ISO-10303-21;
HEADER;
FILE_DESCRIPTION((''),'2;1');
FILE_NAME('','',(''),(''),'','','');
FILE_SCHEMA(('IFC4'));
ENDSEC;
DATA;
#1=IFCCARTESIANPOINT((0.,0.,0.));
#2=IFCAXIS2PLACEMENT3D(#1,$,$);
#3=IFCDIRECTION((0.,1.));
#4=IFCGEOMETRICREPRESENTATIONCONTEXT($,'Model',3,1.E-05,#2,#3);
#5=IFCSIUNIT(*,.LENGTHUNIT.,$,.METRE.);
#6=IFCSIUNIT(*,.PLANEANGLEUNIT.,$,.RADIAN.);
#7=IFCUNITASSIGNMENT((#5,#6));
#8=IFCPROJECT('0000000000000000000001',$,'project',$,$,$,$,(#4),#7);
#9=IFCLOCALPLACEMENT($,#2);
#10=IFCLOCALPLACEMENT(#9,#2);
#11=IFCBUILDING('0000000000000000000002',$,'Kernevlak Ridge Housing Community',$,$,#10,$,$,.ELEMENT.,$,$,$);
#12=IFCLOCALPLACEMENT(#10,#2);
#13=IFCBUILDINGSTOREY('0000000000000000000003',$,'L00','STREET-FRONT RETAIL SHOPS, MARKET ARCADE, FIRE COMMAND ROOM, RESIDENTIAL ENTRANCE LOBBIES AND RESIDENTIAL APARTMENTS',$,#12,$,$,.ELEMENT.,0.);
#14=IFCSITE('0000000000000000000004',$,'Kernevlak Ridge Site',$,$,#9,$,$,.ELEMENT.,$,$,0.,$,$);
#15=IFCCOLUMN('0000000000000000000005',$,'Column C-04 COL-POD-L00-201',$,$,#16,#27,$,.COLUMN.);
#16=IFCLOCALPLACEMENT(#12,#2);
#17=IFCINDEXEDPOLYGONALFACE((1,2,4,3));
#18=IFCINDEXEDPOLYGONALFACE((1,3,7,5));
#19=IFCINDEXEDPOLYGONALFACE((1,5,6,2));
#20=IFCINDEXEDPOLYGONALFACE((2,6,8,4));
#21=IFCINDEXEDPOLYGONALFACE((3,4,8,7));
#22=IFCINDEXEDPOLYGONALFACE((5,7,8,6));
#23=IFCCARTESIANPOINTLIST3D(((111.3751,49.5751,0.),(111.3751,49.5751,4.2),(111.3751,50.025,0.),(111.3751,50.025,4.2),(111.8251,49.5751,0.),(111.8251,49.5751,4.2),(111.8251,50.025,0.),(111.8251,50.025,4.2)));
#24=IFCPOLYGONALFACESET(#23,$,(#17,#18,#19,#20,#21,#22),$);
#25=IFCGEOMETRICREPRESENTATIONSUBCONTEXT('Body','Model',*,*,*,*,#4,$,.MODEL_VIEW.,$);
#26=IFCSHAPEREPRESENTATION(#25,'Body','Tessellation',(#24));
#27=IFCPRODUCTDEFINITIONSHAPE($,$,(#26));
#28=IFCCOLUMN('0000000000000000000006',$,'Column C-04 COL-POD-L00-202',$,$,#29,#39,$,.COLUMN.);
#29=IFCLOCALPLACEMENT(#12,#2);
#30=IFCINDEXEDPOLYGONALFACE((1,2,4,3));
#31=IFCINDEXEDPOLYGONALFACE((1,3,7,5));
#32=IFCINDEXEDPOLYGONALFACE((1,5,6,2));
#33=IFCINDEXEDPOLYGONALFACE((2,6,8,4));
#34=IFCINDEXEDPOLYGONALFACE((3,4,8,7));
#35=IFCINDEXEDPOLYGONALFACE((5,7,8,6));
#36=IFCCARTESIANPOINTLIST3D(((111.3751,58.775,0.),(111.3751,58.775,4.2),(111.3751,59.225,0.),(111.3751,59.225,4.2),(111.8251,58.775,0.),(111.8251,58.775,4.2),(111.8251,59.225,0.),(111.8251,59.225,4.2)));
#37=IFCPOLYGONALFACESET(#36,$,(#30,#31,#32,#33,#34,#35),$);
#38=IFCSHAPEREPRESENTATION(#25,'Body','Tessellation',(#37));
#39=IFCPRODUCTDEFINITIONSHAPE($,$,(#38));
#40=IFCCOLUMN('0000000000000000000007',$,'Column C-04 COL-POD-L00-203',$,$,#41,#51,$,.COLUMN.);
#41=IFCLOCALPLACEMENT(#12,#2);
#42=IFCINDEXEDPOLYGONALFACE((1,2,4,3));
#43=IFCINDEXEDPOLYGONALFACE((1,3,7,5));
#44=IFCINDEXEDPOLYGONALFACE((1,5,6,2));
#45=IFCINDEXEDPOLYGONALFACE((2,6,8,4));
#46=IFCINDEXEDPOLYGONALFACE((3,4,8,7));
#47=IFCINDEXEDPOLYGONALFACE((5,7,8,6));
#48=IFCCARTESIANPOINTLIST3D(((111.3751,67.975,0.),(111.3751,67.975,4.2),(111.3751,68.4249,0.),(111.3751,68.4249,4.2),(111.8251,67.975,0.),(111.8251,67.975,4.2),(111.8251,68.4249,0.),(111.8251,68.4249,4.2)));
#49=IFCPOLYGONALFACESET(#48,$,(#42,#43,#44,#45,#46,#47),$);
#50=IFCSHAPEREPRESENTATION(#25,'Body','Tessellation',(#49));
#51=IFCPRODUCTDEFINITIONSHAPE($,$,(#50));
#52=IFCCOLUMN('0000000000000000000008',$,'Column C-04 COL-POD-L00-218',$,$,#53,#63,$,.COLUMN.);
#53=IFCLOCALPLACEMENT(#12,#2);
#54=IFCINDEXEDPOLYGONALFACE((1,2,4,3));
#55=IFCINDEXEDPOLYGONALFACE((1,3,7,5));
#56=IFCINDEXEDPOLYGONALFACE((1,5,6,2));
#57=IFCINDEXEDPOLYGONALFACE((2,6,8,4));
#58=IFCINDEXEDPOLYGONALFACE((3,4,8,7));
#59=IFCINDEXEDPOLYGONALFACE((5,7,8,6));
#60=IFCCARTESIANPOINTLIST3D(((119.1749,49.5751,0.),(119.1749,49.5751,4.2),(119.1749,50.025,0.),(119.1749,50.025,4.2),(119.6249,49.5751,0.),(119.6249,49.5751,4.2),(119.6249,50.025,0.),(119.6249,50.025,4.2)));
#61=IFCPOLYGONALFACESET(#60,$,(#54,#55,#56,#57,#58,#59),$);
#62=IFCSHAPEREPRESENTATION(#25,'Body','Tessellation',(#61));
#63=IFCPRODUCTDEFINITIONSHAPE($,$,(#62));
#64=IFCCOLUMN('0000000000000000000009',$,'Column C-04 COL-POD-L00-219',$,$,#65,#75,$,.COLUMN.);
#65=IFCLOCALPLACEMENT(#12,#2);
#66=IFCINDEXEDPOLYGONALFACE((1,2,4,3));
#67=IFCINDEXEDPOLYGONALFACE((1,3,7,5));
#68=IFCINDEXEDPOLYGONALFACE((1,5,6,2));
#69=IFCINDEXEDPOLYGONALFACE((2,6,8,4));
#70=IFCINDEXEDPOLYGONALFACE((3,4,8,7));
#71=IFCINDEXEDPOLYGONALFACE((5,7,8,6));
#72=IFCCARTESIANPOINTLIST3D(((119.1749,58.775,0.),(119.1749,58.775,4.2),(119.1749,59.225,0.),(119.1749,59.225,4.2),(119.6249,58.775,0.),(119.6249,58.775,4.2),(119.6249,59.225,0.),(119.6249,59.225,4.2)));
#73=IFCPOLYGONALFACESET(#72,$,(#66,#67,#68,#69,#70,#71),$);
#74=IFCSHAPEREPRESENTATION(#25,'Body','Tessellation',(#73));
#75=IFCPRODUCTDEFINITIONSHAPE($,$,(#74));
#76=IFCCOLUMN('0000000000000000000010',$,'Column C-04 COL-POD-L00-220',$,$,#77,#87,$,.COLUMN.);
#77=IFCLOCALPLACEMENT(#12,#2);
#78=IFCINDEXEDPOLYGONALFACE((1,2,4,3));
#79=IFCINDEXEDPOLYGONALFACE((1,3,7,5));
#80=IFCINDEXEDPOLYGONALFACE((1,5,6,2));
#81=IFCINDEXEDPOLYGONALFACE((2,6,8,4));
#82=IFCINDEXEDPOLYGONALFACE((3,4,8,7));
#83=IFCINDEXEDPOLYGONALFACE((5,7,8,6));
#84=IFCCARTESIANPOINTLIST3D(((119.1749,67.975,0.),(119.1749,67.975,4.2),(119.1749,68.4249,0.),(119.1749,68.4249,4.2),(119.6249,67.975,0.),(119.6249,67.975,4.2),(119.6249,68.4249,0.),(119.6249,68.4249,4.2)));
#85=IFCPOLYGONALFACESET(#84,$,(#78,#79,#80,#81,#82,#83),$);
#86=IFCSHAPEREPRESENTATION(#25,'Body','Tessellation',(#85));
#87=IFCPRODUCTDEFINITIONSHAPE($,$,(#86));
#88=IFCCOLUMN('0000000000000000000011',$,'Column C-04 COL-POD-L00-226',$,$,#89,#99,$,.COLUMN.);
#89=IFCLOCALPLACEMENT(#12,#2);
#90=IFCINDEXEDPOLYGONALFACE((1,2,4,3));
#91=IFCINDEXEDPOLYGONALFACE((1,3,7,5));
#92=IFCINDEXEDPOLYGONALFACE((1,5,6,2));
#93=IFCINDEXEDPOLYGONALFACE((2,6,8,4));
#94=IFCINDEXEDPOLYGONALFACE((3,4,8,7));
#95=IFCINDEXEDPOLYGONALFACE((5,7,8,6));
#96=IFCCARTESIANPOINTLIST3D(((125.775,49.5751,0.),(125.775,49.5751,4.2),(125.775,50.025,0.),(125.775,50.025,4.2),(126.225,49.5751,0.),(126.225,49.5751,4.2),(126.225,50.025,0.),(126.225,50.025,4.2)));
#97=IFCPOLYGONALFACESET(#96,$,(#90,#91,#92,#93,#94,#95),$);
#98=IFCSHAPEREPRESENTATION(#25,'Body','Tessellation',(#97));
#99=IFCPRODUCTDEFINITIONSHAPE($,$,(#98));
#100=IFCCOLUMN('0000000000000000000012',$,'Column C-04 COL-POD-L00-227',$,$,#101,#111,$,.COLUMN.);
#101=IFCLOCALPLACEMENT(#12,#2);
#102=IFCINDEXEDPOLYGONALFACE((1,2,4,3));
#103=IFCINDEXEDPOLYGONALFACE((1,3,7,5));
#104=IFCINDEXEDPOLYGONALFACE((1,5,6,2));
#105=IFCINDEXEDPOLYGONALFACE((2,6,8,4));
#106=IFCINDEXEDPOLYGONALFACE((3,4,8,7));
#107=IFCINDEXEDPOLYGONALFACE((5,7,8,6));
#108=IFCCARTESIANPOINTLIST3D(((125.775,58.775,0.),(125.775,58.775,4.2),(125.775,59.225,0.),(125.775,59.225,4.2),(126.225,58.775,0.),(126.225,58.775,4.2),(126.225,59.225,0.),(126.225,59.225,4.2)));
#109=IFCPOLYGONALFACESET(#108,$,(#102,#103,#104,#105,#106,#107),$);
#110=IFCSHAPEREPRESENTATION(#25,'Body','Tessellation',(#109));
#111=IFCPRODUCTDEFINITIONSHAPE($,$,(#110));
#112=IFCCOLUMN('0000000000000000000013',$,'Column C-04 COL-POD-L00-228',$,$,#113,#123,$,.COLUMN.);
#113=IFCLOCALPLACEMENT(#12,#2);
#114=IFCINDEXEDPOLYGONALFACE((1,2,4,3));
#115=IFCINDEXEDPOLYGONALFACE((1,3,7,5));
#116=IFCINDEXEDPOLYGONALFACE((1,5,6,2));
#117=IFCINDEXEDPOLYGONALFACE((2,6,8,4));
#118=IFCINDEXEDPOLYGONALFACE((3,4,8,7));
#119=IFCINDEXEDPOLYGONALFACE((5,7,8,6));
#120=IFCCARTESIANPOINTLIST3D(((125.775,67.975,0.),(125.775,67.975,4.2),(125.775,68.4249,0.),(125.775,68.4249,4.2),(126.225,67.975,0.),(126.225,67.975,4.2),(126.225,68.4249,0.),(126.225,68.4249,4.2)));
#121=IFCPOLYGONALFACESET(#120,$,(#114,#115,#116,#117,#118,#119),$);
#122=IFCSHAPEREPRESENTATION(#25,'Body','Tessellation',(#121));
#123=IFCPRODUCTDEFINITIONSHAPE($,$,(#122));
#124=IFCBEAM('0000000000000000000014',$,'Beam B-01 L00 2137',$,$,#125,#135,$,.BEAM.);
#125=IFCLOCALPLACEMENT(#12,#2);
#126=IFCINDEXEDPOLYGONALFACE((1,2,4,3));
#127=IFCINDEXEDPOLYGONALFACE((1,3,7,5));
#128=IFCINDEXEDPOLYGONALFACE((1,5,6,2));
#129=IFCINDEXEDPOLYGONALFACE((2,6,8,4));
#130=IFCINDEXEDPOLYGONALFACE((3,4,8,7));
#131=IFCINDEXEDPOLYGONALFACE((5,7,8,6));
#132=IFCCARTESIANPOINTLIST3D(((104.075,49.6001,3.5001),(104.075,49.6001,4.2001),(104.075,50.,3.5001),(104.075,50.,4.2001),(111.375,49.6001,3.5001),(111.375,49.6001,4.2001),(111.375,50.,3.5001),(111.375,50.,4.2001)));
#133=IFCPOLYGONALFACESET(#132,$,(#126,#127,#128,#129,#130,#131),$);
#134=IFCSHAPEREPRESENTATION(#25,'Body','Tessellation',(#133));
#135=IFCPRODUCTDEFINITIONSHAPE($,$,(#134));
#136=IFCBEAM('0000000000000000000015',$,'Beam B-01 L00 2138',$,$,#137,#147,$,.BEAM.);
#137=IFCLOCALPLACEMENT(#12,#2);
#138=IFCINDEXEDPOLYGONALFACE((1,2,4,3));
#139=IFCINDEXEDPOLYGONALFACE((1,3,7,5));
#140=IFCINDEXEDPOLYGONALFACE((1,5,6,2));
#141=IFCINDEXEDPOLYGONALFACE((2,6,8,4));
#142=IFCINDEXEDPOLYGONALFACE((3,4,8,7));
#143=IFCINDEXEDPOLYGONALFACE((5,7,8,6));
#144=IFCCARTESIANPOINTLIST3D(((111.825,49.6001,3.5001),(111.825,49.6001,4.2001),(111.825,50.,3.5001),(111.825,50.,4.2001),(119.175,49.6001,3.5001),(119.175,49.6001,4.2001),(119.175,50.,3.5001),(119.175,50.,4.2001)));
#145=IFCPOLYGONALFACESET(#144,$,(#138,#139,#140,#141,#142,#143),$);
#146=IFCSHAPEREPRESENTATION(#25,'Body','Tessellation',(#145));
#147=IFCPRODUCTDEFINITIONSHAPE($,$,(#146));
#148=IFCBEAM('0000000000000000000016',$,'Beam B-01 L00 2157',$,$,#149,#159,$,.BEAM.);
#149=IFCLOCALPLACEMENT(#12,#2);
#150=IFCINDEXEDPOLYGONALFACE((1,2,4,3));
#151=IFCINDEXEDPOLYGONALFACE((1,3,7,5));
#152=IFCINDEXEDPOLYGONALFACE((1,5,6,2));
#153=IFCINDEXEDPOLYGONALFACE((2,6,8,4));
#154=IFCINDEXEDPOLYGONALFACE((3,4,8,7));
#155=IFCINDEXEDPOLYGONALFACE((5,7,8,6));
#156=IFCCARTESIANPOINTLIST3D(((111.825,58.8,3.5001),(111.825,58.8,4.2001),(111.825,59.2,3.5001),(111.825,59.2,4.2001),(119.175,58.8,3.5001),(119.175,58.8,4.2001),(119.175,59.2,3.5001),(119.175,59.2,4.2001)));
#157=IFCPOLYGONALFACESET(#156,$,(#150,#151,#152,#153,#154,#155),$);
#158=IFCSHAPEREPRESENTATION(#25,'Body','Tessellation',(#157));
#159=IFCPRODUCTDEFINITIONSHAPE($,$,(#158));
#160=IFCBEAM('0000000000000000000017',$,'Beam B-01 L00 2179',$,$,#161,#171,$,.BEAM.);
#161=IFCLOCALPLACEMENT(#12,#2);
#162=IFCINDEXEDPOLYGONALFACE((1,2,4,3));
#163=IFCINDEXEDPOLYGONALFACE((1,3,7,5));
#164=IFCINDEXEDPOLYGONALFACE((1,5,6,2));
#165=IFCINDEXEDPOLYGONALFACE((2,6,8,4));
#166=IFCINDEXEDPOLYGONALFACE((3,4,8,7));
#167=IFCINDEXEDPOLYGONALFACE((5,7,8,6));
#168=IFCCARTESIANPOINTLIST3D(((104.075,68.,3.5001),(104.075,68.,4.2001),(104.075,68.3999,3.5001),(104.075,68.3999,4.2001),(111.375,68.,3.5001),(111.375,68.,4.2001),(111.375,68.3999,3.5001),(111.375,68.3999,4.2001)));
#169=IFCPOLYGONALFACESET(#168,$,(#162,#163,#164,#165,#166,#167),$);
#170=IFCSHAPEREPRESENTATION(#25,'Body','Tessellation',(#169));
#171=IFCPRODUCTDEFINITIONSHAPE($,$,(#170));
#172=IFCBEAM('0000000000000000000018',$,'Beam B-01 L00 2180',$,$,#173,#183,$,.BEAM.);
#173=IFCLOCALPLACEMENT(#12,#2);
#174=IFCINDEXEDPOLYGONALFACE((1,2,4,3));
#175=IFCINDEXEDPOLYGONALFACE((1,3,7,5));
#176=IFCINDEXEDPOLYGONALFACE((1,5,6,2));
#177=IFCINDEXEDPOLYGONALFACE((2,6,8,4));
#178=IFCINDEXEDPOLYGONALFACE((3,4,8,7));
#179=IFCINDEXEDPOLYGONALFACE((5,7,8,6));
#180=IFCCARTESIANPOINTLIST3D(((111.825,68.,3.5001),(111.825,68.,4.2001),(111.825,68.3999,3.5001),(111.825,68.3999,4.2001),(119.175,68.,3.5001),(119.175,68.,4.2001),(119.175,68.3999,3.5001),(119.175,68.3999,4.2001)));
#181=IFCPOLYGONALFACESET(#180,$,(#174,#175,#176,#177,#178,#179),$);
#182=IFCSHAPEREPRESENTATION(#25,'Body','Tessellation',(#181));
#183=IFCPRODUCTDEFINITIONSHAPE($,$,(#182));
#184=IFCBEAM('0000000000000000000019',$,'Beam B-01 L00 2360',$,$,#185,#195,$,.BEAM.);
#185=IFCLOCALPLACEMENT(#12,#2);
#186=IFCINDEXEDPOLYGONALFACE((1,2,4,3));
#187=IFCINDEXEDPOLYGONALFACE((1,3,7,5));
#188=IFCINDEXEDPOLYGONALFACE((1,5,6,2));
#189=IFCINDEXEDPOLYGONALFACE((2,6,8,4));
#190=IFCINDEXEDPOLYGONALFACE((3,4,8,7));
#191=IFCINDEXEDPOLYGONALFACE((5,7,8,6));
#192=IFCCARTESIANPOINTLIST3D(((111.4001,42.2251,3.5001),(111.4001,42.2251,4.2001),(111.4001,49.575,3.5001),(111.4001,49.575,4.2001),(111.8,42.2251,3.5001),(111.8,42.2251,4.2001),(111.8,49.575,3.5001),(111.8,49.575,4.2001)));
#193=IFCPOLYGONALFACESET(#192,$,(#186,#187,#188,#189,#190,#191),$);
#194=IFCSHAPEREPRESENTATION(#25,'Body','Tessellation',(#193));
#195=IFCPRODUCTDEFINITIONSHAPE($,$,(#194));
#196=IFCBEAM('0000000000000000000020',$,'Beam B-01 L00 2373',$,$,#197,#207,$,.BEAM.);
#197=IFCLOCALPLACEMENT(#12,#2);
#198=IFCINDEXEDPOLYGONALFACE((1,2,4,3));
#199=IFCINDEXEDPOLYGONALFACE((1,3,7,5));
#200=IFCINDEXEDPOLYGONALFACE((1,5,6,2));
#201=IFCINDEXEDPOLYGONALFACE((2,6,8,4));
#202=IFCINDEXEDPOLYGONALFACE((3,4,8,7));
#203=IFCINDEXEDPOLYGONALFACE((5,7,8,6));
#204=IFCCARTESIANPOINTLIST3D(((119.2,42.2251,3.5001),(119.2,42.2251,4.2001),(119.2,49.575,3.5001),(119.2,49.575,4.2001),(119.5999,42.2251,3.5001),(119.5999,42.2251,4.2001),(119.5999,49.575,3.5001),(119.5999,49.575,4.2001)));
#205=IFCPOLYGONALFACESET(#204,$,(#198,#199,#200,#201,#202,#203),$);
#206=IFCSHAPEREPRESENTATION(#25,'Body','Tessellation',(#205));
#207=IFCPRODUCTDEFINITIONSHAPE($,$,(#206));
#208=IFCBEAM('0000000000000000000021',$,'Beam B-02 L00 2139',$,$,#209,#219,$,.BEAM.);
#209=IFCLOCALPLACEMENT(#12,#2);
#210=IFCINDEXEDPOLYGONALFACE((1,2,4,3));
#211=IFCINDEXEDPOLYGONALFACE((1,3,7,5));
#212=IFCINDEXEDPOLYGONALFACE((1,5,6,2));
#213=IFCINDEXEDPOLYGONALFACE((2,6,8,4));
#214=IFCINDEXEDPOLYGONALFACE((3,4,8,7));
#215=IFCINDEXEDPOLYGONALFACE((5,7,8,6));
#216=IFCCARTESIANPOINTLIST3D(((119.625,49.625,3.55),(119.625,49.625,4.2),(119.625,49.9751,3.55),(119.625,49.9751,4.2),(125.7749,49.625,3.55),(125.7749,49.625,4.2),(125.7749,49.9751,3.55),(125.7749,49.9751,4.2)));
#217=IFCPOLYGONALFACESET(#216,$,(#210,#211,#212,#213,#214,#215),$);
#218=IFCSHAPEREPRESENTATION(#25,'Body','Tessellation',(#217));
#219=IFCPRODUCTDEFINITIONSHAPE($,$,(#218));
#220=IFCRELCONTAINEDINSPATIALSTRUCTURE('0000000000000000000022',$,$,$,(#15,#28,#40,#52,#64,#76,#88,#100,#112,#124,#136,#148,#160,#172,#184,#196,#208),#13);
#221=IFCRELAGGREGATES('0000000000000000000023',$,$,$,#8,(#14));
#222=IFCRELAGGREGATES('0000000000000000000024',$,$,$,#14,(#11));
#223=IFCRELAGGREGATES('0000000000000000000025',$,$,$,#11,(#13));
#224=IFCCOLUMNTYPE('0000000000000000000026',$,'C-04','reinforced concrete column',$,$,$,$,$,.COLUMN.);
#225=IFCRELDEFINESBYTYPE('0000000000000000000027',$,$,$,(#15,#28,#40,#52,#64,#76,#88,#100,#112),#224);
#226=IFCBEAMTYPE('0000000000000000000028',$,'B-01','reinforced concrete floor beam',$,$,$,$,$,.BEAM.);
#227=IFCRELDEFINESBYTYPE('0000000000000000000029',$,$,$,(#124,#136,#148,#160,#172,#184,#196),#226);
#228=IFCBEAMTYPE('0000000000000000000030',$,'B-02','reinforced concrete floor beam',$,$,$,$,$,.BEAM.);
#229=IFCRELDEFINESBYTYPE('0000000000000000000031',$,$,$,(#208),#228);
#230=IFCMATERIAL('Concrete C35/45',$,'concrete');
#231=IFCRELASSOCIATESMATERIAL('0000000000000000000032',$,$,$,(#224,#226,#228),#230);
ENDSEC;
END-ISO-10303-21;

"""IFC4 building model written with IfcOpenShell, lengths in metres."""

from ifc_helpers import new_model, si_unit, direction, frame, origin, origin_2d, place, context, subcontext, project, spatial, rectangle, extrude, material, material_profile, profile_set, type_object, element, save


model = new_model("IFC4")

# Units and contexts
model_context = context("Model", 3, precision=1e-05, world=origin(), true_north=direction((0.0, 1.0)))
body_context = subcontext(model_context, "Body", "Model", "MODEL_VIEW")
ifc_project = project(units=[si_unit("LENGTHUNIT", "METRE"), si_unit("PLANEANGLEUNIT", "RADIAN")], contexts=[model_context])

# Site, building, storey
site_placement = place(None, origin())
site = spatial("IfcSite", under=ifc_project, at=site_placement, Name="Kernevlak Ridge Site", CompositionType="ELEMENT", RefElevation=0.0)
building_placement = place(site_placement, origin())
building = spatial("IfcBuilding", under=site, at=building_placement, Name="Kernevlak Ridge Housing Community", CompositionType="ELEMENT")
storey_placement = place(building_placement, origin())
storey = spatial("IfcBuildingStorey", under=building, at=storey_placement, Name="L00", Description="STREET-FRONT RETAIL SHOPS, MARKET ARCADE, FIRE COMMAND ROOM, RESIDENTIAL ENTRANCE LOBBIES AND RESIDENTIAL APARTMENTS", CompositionType="ELEMENT", Elevation=0.0)

# Columns
ifc_material = material(Name="Concrete C35/45", Category="concrete")
ifc_material_profile_1 = material_profile(ifc_material, rectangle(XDim=0.45, YDim=0.45, at=origin_2d()), Name="RC 450x450")
ifc_profile_set_1 = profile_set([ifc_material_profile_1], Name="Concrete C35/45")
column_type = type_object("IfcColumnType", Name="C-04", Description="reinforced concrete column", PredefinedType="COLUMN", material=ifc_profile_set_1)
for number, where, z_axis, x_axis, name in (
    (1, (111.6001, 49.8, 0.0), (0.0, 0.0, 1.0), (1.0, 0.0, 0.0), "Column C-04 COL-POD-L00-201"),
    (2, (111.6001, 59.0, 0.0), (0.0, 0.0, 1.0), (1.0, 0.0, 0.0), "Column C-04 COL-POD-L00-202"),
    (3, (111.6001, 68.2, 0.0), (0.0, 0.0, 1.0), (1.0, 0.0, 0.0), "Column C-04 COL-POD-L00-203"),
    (4, (119.3999, 49.8, 0.0), (0.0, 0.0, 1.0), (1.0, 0.0, 0.0), "Column C-04 COL-POD-L00-218"),
    (5, (119.3999, 59.0, 0.0), (0.0, 0.0, 1.0), (1.0, 0.0, 0.0), "Column C-04 COL-POD-L00-219"),
    (6, (119.3999, 68.2, 0.0), (0.0, 0.0, 1.0), (1.0, 0.0, 0.0), "Column C-04 COL-POD-L00-220"),
    (7, (126.0, 49.8, 0.0), (0.0, 0.0, 1.0), (1.0, 0.0, 0.0), "Column C-04 COL-POD-L00-226"),
    (8, (126.0, 59.0, 0.0), (0.0, 0.0, 1.0), (1.0, 0.0, 0.0), "Column C-04 COL-POD-L00-227"),
    (9, (126.0, 68.2, 0.0), (0.0, 0.0, 1.0), (1.0, 0.0, 0.0), "Column C-04 COL-POD-L00-228"),
):
    element("IfcColumn", number, at=place(storey_placement, frame(where, z_axis=z_axis, x_axis=x_axis)), inside=storey, type_object=column_type, Name=name, PredefinedType="COLUMN", context=body_context, shape_type="SweptSolid", body=[
        extrude(rectangle(XDim=0.45, YDim=0.45, at=origin_2d()), origin(), (0.0, 0.0, 1.0), 4.2),
    ])

# Beams
ifc_material_profile_2 = material_profile(ifc_material, rectangle(XDim=0.3999, YDim=0.7, at=origin_2d()), Name="RC 400x700")
ifc_profile_set_2 = profile_set([ifc_material_profile_2], Name="Concrete C35/45")
beam_type_1 = type_object("IfcBeamType", Name="B-01", Description="reinforced concrete floor beam", PredefinedType="BEAM", material=ifc_profile_set_2)
beam_1_placement = place(storey_placement, frame((104.075, 49.8, 3.8501), z_axis=(1.0, 0.0, 0.0), x_axis=(0.0, 1.0, 0.0)))
element("IfcBeam", 10, at=beam_1_placement, inside=storey, type_object=beam_type_1, Name="Beam B-01 L00 2137", PredefinedType="BEAM", context=body_context, shape_type="SweptSolid", body=[
    extrude(rectangle(XDim=0.3999, YDim=0.7, at=origin_2d()), origin(), (0.0, 0.0, 1.0), 7.3),
])
for number, where, z_axis, x_axis, name in (
    (11, (111.825, 49.8, 3.8501), (1.0, 0.0, 0.0), (0.0, 1.0, 0.0), "Beam B-01 L00 2138"),
    (12, (111.825, 59.0, 3.8501), (1.0, 0.0, 0.0), (0.0, 1.0, 0.0), "Beam B-01 L00 2157"),
):
    element("IfcBeam", number, at=place(storey_placement, frame(where, z_axis=z_axis, x_axis=x_axis)), inside=storey, type_object=beam_type_1, Name=name, PredefinedType="BEAM", context=body_context, shape_type="SweptSolid", body=[
        extrude(rectangle(XDim=0.3999, YDim=0.7, at=origin_2d()), origin(), (0.0, 0.0, 1.0), 7.3501),
    ])
beam_2_placement = place(storey_placement, frame((104.075, 68.2, 3.8501), z_axis=(1.0, 0.0, 0.0), x_axis=(0.0, 1.0, 0.0)))
element("IfcBeam", 13, at=beam_2_placement, inside=storey, type_object=beam_type_1, Name="Beam B-01 L00 2179", PredefinedType="BEAM", context=body_context, shape_type="SweptSolid", body=[
    extrude(rectangle(XDim=0.3999, YDim=0.7, at=origin_2d()), origin(), (0.0, 0.0, 1.0), 7.3),
])
beam_3_placement = place(storey_placement, frame((111.825, 68.2, 3.8501), z_axis=(1.0, 0.0, 0.0), x_axis=(0.0, 1.0, 0.0)))
element("IfcBeam", 14, at=beam_3_placement, inside=storey, type_object=beam_type_1, Name="Beam B-01 L00 2180", PredefinedType="BEAM", context=body_context, shape_type="SweptSolid", body=[
    extrude(rectangle(XDim=0.3999, YDim=0.7, at=origin_2d()), origin(), (0.0, 0.0, 1.0), 7.3501),
])
for number, where, z_axis, x_axis, name in (
    (15, (111.6001, 42.2251, 3.8501), (0.0, 1.0, 0.0), (-1.0, 0.0, 0.0), "Beam B-01 L00 2360"),
    (16, (119.3999, 42.2251, 3.8501), (0.0, 1.0, 0.0), (-1.0, 0.0, 0.0), "Beam B-01 L00 2373"),
):
    element("IfcBeam", number, at=place(storey_placement, frame(where, z_axis=z_axis, x_axis=x_axis)), inside=storey, type_object=beam_type_1, Name=name, PredefinedType="BEAM", context=body_context, shape_type="SweptSolid", body=[
        extrude(rectangle(XDim=0.3999, YDim=0.7, at=origin_2d()), origin(), (0.0, 0.0, 1.0), 7.3499),
    ])
ifc_material_profile_3 = material_profile(ifc_material, rectangle(XDim=0.3501, YDim=0.6499, at=origin_2d()), Name="RC 350x650")
ifc_profile_set_3 = profile_set([ifc_material_profile_3], Name="Concrete C35/45")
beam_type_2 = type_object("IfcBeamType", Name="B-02", Description="reinforced concrete floor beam", PredefinedType="BEAM", material=ifc_profile_set_3)
for number, where, z_axis, x_axis, name in (
    (17, (119.625, 49.8, 3.875), (1.0, 0.0, 0.0), (0.0, 1.0, 0.0), "Beam B-02 L00 2139"),
):
    element("IfcBeam", number, at=place(storey_placement, frame(where, z_axis=z_axis, x_axis=x_axis)), inside=storey, type_object=beam_type_2, Name=name, PredefinedType="BEAM", context=body_context, shape_type="SweptSolid", body=[
        extrude(rectangle(XDim=0.3501, YDim=0.6499, at=origin_2d()), origin(), (0.0, 0.0, 1.0), 6.1499),
    ])

save(model, "model.ifc")
